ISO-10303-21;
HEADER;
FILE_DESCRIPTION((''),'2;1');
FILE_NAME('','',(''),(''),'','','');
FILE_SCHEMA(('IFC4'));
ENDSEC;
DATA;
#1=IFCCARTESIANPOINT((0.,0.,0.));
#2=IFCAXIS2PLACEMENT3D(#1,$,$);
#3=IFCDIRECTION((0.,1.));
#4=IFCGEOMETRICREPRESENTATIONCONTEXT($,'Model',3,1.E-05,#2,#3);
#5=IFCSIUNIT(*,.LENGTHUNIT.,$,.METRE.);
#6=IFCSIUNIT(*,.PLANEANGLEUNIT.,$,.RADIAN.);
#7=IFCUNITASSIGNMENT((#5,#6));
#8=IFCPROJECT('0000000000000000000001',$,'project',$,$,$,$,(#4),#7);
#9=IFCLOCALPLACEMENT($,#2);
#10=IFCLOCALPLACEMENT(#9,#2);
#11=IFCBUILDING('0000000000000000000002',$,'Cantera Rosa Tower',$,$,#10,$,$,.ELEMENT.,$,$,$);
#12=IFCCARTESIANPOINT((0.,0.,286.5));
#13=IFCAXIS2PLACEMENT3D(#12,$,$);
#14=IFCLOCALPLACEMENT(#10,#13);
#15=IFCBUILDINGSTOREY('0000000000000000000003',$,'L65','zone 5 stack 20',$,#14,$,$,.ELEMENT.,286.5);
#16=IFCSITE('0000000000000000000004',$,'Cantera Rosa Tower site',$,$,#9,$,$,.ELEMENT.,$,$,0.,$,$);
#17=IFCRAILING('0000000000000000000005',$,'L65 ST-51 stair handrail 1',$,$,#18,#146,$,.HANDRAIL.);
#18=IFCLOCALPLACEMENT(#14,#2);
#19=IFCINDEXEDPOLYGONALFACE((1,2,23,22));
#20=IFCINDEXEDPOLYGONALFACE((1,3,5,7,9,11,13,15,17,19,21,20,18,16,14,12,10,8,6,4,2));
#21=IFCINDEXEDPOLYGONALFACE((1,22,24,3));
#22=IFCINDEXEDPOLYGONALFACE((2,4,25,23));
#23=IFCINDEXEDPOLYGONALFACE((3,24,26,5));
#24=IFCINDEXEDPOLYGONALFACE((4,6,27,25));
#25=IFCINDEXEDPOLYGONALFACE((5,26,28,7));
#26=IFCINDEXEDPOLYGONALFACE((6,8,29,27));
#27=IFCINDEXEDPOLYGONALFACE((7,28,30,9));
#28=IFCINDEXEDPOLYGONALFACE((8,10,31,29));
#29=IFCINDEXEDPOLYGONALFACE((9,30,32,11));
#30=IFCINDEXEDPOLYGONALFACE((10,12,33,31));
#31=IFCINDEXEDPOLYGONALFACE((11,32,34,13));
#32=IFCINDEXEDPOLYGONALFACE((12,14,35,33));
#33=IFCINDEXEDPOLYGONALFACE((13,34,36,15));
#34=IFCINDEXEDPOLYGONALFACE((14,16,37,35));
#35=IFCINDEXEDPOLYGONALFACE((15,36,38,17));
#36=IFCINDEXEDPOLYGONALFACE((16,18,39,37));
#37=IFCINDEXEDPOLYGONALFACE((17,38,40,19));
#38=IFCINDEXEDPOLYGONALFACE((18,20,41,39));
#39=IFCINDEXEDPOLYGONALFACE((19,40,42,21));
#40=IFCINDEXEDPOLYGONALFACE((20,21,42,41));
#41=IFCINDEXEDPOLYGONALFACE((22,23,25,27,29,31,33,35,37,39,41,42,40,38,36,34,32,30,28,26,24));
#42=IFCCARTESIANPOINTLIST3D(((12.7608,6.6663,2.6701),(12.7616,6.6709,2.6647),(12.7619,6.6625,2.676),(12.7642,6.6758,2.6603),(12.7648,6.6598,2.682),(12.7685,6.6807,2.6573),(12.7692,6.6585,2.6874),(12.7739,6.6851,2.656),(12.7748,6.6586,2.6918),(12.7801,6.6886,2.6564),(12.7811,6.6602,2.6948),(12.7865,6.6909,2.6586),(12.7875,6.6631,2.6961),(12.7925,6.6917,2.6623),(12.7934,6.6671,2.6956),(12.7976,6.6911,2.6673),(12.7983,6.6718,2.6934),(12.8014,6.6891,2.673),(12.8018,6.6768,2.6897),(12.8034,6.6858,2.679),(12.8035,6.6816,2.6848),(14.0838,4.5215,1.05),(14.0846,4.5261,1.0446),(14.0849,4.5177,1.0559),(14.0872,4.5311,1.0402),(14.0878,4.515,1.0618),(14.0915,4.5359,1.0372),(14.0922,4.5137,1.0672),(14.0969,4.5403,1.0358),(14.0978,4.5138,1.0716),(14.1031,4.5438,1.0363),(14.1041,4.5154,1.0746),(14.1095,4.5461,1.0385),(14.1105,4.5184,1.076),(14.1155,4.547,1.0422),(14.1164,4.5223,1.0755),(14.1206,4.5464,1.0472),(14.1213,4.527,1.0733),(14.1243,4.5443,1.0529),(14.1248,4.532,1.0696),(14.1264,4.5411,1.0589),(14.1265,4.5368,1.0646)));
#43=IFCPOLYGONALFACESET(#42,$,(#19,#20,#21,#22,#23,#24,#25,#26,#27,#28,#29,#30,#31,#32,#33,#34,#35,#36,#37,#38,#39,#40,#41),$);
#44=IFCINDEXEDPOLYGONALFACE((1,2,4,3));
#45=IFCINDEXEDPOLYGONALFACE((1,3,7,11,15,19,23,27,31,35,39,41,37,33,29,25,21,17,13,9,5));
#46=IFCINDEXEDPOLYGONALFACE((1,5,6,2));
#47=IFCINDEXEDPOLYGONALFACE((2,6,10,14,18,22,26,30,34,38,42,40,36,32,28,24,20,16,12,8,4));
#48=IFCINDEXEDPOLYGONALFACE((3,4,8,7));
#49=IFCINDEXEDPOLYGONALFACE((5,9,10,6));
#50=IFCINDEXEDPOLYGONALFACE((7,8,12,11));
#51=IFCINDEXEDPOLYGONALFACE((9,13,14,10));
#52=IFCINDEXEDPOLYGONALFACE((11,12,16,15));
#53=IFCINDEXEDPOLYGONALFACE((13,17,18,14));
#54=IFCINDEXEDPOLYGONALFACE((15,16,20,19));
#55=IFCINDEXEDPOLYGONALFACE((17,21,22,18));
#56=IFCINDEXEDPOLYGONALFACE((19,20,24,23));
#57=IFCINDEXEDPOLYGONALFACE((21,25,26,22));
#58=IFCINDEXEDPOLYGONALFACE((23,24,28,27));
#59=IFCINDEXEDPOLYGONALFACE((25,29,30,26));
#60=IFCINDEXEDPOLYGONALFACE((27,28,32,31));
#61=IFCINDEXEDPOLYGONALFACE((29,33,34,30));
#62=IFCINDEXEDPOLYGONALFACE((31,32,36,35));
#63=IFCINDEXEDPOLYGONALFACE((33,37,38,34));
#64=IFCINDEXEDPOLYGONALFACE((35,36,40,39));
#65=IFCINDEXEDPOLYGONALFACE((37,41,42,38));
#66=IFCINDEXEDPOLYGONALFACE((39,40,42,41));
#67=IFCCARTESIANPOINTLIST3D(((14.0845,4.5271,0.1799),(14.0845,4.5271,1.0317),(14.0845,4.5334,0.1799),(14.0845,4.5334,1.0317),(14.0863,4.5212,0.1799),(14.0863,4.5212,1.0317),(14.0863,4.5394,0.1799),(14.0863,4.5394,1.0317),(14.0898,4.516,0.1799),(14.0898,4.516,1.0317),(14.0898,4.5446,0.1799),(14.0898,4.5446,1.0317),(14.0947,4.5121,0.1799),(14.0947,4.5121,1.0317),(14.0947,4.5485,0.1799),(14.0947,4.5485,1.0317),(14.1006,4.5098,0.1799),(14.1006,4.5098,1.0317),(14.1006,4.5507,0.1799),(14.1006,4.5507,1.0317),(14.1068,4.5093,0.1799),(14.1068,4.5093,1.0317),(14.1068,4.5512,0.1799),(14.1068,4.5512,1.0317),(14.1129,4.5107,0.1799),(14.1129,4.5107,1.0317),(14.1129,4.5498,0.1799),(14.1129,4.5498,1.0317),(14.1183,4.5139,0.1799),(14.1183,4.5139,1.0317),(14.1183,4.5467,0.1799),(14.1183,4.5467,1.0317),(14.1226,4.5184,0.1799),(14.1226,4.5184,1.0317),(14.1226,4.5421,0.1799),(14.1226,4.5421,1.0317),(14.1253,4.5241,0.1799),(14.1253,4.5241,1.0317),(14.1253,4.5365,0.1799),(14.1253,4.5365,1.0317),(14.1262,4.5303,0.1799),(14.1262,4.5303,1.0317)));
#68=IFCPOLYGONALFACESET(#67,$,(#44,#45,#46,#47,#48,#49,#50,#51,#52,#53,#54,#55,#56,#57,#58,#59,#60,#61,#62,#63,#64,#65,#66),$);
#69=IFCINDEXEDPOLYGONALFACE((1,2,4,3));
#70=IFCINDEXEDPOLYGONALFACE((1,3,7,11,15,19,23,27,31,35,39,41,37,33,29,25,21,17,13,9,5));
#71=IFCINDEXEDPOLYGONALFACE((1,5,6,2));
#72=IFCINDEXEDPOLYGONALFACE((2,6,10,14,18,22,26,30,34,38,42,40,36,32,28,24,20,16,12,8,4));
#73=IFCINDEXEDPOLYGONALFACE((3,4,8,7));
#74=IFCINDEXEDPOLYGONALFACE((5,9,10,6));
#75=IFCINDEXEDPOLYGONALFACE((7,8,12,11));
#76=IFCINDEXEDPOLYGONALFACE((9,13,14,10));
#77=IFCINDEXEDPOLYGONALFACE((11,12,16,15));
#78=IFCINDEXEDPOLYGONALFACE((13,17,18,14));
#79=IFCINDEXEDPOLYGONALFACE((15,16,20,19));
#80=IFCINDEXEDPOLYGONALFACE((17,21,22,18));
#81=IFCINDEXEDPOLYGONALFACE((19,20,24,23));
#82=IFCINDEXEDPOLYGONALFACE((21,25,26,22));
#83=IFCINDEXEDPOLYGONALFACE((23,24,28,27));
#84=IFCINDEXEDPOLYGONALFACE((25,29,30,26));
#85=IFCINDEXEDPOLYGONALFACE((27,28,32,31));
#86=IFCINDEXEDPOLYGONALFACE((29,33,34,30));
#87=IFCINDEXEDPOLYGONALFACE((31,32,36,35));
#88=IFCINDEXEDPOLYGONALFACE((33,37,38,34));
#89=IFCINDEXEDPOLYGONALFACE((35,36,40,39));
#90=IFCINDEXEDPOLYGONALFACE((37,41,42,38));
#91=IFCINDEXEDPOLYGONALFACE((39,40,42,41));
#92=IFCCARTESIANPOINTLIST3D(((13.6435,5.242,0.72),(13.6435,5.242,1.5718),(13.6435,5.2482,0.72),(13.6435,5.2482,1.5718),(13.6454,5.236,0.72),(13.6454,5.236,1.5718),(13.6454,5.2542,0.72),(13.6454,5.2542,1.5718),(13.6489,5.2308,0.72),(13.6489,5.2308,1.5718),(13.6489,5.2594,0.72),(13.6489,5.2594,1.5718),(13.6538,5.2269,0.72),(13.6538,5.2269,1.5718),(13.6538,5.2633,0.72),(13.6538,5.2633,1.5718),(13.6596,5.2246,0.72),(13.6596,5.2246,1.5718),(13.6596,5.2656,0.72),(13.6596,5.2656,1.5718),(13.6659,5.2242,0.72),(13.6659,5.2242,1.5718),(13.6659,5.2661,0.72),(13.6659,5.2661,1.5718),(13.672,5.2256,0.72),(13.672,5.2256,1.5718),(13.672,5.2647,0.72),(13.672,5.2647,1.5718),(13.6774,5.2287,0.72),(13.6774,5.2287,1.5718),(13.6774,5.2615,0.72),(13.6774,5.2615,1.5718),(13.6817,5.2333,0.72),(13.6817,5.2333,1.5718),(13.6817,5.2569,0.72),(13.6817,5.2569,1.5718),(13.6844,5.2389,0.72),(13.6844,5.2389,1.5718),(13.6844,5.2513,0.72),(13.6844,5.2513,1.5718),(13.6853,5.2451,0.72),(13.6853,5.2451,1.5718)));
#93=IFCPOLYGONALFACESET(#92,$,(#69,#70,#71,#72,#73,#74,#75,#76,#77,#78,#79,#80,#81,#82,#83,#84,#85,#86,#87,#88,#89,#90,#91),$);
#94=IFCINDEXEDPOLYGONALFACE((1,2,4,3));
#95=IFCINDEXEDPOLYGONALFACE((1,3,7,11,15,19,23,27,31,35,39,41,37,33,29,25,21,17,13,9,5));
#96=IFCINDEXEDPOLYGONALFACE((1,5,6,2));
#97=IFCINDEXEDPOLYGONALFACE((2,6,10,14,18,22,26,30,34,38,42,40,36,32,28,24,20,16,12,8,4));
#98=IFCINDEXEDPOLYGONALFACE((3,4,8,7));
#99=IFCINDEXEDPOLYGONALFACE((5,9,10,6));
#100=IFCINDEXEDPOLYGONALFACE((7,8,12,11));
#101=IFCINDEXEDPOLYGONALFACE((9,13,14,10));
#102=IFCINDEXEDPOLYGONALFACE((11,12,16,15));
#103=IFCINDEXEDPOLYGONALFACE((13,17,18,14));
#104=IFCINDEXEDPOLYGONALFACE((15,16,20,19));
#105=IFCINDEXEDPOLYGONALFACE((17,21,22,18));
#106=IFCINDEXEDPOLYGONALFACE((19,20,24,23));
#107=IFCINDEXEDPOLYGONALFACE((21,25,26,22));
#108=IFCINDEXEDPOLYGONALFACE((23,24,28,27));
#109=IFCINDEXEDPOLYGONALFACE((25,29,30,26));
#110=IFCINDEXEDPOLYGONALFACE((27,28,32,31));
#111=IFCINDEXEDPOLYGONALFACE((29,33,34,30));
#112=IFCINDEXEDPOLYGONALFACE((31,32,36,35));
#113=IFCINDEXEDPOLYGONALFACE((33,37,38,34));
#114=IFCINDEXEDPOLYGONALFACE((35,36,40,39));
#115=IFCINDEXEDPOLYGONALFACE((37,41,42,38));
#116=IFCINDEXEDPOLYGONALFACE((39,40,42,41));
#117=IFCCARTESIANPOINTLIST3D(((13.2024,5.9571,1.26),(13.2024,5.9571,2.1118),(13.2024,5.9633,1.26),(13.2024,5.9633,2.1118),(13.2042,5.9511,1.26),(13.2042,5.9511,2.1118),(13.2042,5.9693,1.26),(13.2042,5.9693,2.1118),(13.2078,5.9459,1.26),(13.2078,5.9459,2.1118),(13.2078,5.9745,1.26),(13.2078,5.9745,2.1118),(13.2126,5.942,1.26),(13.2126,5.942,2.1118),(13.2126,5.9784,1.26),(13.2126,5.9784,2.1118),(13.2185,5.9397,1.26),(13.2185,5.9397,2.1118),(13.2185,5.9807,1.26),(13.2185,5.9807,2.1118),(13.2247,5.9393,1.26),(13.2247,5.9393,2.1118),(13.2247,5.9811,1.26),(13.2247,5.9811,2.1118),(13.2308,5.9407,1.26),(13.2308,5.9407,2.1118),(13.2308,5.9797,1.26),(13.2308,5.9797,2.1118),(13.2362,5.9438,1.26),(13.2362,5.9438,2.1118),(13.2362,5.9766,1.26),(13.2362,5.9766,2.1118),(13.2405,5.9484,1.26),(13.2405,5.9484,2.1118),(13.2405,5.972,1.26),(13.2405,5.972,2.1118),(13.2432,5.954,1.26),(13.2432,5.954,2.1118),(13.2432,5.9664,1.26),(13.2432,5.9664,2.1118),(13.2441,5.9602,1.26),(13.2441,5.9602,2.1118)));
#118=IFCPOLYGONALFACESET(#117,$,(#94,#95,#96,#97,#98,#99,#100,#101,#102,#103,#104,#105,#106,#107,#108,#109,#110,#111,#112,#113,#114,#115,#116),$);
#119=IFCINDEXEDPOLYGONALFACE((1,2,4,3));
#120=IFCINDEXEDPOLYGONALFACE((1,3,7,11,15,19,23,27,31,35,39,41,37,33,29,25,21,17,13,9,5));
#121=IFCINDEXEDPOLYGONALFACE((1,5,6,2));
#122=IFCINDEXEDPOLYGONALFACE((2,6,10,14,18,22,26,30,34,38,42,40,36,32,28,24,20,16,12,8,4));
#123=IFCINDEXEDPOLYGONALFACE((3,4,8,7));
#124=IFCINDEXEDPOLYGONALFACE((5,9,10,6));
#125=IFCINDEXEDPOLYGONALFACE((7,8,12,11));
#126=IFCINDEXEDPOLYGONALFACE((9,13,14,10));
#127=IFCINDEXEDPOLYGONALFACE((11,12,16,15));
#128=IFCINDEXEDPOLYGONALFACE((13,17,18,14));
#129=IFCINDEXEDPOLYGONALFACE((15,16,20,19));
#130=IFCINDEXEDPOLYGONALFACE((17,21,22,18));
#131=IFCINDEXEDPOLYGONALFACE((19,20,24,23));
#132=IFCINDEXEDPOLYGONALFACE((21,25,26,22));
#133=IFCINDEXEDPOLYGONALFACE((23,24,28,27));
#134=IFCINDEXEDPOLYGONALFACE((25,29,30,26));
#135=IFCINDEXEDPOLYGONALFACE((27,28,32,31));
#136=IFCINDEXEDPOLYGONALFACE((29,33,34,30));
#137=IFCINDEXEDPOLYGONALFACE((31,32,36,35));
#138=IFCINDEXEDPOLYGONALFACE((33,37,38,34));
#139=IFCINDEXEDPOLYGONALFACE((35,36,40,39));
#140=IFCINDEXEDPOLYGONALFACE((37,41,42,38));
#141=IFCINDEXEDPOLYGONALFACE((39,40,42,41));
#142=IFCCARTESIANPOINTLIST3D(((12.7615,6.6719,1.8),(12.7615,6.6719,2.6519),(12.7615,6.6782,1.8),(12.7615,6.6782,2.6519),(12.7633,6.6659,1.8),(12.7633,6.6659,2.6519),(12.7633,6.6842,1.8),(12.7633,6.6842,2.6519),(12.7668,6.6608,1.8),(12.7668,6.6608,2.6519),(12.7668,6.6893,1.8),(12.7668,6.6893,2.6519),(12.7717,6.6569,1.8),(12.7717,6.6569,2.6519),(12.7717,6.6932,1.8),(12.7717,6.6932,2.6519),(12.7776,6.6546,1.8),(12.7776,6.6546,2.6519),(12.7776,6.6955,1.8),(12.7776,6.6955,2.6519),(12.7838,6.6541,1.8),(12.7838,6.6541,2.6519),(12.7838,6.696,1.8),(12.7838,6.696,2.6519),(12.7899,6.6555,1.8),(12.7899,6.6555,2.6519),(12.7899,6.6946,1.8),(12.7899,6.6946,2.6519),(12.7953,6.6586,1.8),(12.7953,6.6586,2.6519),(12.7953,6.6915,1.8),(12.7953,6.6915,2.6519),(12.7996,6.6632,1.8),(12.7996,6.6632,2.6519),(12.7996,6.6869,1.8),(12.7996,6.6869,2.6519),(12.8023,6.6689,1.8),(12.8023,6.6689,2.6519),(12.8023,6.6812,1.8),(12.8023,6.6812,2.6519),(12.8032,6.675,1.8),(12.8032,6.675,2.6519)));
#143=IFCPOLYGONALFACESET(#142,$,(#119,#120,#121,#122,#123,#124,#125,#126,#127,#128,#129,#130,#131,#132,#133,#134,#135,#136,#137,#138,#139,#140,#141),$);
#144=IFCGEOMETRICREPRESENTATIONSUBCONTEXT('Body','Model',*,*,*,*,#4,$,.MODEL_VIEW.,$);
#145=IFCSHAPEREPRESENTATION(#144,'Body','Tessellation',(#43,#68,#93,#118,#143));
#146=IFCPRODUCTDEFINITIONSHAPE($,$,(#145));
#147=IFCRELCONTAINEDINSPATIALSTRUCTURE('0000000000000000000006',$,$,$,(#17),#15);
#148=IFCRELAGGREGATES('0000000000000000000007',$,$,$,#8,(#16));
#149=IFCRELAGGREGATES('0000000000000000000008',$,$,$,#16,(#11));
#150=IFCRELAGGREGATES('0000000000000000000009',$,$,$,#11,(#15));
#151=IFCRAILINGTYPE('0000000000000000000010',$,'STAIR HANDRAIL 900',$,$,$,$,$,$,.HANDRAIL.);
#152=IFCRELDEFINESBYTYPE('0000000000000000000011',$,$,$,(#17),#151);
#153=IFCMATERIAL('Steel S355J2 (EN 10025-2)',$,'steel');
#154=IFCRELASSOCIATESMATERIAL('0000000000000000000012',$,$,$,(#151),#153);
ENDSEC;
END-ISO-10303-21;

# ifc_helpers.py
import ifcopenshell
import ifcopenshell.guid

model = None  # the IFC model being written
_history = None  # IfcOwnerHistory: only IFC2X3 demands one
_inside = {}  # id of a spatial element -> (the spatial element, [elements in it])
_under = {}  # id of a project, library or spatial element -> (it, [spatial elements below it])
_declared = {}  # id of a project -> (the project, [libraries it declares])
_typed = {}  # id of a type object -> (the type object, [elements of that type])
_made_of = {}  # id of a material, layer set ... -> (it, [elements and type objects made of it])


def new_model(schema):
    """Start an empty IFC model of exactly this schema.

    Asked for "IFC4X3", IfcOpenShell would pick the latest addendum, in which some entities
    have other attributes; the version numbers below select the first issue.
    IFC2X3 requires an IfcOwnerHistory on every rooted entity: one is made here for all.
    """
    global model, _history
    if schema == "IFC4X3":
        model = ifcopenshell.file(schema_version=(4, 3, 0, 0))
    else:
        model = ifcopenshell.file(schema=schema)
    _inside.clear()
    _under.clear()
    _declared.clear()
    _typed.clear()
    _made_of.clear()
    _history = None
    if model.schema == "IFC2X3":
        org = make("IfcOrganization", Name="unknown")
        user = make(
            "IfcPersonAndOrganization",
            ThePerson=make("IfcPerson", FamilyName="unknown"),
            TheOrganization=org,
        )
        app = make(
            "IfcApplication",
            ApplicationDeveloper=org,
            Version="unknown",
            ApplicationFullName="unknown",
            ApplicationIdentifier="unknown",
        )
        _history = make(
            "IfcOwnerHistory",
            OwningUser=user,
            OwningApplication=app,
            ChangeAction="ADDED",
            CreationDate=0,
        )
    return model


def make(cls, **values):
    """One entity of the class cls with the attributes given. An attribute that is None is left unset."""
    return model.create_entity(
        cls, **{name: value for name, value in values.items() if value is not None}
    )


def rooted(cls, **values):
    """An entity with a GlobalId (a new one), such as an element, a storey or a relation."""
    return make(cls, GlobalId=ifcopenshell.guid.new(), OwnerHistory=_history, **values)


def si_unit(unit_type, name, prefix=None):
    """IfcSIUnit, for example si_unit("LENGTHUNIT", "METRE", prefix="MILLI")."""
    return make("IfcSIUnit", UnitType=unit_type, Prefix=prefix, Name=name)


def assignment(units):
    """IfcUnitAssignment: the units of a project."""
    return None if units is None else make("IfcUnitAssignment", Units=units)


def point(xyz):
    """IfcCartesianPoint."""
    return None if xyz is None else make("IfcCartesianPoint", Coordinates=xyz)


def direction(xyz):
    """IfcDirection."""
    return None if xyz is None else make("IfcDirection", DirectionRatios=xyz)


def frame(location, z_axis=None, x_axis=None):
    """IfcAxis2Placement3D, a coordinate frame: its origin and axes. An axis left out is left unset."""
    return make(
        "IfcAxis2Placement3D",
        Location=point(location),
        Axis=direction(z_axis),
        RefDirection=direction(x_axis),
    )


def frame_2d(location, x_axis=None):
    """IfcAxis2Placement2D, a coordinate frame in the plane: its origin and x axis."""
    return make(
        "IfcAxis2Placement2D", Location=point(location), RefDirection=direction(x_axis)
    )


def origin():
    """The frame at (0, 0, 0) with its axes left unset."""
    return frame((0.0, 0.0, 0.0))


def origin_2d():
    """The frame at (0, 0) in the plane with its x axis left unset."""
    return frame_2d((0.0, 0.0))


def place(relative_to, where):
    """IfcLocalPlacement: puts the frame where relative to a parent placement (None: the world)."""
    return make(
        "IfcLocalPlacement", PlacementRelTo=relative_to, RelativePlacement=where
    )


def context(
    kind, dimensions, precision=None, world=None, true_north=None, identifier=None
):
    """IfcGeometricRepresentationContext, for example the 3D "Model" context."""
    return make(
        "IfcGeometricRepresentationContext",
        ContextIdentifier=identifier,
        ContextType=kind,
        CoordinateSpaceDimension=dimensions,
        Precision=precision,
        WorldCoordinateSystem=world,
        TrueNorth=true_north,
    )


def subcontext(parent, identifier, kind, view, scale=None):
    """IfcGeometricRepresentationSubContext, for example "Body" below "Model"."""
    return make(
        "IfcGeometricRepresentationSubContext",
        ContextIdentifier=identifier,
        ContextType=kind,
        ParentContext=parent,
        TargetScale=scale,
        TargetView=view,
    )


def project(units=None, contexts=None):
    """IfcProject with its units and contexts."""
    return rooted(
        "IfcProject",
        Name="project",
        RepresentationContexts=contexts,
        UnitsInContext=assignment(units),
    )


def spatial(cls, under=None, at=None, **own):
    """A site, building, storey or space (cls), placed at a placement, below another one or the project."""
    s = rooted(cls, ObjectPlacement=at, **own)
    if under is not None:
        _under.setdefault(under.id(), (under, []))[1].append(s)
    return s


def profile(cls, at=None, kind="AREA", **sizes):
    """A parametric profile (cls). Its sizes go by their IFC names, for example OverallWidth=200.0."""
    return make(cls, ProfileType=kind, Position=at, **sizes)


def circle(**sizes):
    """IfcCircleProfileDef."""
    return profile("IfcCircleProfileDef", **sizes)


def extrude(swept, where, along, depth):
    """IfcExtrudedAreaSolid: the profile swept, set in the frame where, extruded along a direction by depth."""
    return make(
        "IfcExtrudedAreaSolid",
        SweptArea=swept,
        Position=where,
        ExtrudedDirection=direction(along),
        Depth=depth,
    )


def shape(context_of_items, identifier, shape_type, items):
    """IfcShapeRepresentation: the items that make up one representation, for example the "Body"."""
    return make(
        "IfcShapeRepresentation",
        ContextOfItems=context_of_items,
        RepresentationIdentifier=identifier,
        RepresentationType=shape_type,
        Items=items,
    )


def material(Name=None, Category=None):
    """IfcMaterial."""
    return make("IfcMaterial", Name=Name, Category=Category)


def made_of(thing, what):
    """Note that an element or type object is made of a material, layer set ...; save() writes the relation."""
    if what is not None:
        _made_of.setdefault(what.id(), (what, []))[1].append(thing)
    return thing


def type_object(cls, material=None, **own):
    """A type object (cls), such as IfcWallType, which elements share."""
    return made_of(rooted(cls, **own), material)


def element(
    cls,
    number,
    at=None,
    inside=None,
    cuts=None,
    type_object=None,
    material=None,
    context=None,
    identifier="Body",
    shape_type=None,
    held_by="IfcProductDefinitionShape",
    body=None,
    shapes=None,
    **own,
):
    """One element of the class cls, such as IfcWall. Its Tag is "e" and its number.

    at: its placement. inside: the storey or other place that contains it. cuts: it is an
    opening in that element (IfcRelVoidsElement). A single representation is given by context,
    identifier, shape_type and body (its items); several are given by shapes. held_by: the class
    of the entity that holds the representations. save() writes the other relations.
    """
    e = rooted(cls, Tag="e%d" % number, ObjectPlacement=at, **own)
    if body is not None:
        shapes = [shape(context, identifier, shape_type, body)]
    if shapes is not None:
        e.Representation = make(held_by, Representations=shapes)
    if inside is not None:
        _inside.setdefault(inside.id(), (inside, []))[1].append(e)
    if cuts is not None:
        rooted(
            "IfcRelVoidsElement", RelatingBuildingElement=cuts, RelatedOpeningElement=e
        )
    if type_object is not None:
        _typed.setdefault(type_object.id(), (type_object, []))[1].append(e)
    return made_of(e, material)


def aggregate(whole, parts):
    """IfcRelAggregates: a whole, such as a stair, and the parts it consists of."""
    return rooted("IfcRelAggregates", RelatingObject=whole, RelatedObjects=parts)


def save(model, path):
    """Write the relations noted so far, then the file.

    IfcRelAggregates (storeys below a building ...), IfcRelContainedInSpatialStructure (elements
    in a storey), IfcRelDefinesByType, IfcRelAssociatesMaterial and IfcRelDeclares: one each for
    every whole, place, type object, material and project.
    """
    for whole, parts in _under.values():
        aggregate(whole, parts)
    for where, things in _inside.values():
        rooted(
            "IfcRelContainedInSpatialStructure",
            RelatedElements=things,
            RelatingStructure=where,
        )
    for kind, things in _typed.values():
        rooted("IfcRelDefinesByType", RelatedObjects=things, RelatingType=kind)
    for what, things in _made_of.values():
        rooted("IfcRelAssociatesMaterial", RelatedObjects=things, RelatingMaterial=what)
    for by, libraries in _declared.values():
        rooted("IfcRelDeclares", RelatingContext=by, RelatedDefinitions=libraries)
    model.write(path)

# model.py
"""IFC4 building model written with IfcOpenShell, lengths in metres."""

from ifc_helpers import new_model, si_unit, direction, frame, origin, origin_2d, place, context, subcontext, project, spatial, circle, extrude, material, type_object, element, save


model = new_model("IFC4")

# Units and contexts
model_context = context("Model", 3, precision=1e-05, world=origin(), true_north=direction((0.0, 1.0)))
body_context = subcontext(model_context, "Body", "Model", "MODEL_VIEW")
ifc_project = project(units=[si_unit("LENGTHUNIT", "METRE"), si_unit("PLANEANGLEUNIT", "RADIAN")], contexts=[model_context])

# Site, building, storey
site_placement = place(None, origin())
site = spatial("IfcSite", under=ifc_project, at=site_placement, Name="Cantera Rosa Tower site", CompositionType="ELEMENT", RefElevation=0.0)
building_placement = place(site_placement, origin())
building = spatial("IfcBuilding", under=site, at=building_placement, Name="Cantera Rosa Tower", CompositionType="ELEMENT")
storey_placement = place(building_placement, frame((0.0, 0.0, 286.5)))
storey = spatial("IfcBuildingStorey", under=building, at=storey_placement, Name="L65", Description="zone 5 stack 20", CompositionType="ELEMENT", Elevation=286.5)

# Railing
ifc_material_1 = material(Name="Steel S355J2 (EN 10025-2)", Category="steel")
railing_type_1 = type_object("IfcRailingType", Name="STAIR HANDRAIL 900", PredefinedType="HANDRAIL", material=ifc_material_1)
railing_1_placement = place(storey_placement, frame((14.1052, 4.5303, 0.1799)))
element("IfcRailing", 1, at=railing_1_placement, inside=storey, type_object=railing_type_1, Name="L65 ST-51 stair handrail 1", PredefinedType="HANDRAIL", context=body_context, shape_type="SweptSolid", body=[
    extrude(circle(Radius=0.0239, at=origin_2d()), frame((0.0, 0.0, 0.876), z_axis=(-0.441609, 0.715914, 0.540786), x_axis=(-0.851102, -0.525, 0.0)), (0.0, 0.0, 1.0), 2.9958),
    extrude(circle(Radius=0.021, at=origin_2d()), origin(), (0.0, 0.0, 1.0), 0.8518),
    extrude(circle(Radius=0.021, at=origin_2d()), frame((-0.4409, 0.7148, 0.54)), (0.0, 0.0, 1.0), 0.8518),
    extrude(circle(Radius=0.021, at=origin_2d()), frame((-0.8821, 1.4299, 1.0801)), (0.0, 0.0, 1.0), 0.8518),
    extrude(circle(Radius=0.021, at=origin_2d()), frame((-1.323, 2.1448, 1.6201)), (0.0, 0.0, 1.0), 0.8518),
])

save(model, "model.ifc")
